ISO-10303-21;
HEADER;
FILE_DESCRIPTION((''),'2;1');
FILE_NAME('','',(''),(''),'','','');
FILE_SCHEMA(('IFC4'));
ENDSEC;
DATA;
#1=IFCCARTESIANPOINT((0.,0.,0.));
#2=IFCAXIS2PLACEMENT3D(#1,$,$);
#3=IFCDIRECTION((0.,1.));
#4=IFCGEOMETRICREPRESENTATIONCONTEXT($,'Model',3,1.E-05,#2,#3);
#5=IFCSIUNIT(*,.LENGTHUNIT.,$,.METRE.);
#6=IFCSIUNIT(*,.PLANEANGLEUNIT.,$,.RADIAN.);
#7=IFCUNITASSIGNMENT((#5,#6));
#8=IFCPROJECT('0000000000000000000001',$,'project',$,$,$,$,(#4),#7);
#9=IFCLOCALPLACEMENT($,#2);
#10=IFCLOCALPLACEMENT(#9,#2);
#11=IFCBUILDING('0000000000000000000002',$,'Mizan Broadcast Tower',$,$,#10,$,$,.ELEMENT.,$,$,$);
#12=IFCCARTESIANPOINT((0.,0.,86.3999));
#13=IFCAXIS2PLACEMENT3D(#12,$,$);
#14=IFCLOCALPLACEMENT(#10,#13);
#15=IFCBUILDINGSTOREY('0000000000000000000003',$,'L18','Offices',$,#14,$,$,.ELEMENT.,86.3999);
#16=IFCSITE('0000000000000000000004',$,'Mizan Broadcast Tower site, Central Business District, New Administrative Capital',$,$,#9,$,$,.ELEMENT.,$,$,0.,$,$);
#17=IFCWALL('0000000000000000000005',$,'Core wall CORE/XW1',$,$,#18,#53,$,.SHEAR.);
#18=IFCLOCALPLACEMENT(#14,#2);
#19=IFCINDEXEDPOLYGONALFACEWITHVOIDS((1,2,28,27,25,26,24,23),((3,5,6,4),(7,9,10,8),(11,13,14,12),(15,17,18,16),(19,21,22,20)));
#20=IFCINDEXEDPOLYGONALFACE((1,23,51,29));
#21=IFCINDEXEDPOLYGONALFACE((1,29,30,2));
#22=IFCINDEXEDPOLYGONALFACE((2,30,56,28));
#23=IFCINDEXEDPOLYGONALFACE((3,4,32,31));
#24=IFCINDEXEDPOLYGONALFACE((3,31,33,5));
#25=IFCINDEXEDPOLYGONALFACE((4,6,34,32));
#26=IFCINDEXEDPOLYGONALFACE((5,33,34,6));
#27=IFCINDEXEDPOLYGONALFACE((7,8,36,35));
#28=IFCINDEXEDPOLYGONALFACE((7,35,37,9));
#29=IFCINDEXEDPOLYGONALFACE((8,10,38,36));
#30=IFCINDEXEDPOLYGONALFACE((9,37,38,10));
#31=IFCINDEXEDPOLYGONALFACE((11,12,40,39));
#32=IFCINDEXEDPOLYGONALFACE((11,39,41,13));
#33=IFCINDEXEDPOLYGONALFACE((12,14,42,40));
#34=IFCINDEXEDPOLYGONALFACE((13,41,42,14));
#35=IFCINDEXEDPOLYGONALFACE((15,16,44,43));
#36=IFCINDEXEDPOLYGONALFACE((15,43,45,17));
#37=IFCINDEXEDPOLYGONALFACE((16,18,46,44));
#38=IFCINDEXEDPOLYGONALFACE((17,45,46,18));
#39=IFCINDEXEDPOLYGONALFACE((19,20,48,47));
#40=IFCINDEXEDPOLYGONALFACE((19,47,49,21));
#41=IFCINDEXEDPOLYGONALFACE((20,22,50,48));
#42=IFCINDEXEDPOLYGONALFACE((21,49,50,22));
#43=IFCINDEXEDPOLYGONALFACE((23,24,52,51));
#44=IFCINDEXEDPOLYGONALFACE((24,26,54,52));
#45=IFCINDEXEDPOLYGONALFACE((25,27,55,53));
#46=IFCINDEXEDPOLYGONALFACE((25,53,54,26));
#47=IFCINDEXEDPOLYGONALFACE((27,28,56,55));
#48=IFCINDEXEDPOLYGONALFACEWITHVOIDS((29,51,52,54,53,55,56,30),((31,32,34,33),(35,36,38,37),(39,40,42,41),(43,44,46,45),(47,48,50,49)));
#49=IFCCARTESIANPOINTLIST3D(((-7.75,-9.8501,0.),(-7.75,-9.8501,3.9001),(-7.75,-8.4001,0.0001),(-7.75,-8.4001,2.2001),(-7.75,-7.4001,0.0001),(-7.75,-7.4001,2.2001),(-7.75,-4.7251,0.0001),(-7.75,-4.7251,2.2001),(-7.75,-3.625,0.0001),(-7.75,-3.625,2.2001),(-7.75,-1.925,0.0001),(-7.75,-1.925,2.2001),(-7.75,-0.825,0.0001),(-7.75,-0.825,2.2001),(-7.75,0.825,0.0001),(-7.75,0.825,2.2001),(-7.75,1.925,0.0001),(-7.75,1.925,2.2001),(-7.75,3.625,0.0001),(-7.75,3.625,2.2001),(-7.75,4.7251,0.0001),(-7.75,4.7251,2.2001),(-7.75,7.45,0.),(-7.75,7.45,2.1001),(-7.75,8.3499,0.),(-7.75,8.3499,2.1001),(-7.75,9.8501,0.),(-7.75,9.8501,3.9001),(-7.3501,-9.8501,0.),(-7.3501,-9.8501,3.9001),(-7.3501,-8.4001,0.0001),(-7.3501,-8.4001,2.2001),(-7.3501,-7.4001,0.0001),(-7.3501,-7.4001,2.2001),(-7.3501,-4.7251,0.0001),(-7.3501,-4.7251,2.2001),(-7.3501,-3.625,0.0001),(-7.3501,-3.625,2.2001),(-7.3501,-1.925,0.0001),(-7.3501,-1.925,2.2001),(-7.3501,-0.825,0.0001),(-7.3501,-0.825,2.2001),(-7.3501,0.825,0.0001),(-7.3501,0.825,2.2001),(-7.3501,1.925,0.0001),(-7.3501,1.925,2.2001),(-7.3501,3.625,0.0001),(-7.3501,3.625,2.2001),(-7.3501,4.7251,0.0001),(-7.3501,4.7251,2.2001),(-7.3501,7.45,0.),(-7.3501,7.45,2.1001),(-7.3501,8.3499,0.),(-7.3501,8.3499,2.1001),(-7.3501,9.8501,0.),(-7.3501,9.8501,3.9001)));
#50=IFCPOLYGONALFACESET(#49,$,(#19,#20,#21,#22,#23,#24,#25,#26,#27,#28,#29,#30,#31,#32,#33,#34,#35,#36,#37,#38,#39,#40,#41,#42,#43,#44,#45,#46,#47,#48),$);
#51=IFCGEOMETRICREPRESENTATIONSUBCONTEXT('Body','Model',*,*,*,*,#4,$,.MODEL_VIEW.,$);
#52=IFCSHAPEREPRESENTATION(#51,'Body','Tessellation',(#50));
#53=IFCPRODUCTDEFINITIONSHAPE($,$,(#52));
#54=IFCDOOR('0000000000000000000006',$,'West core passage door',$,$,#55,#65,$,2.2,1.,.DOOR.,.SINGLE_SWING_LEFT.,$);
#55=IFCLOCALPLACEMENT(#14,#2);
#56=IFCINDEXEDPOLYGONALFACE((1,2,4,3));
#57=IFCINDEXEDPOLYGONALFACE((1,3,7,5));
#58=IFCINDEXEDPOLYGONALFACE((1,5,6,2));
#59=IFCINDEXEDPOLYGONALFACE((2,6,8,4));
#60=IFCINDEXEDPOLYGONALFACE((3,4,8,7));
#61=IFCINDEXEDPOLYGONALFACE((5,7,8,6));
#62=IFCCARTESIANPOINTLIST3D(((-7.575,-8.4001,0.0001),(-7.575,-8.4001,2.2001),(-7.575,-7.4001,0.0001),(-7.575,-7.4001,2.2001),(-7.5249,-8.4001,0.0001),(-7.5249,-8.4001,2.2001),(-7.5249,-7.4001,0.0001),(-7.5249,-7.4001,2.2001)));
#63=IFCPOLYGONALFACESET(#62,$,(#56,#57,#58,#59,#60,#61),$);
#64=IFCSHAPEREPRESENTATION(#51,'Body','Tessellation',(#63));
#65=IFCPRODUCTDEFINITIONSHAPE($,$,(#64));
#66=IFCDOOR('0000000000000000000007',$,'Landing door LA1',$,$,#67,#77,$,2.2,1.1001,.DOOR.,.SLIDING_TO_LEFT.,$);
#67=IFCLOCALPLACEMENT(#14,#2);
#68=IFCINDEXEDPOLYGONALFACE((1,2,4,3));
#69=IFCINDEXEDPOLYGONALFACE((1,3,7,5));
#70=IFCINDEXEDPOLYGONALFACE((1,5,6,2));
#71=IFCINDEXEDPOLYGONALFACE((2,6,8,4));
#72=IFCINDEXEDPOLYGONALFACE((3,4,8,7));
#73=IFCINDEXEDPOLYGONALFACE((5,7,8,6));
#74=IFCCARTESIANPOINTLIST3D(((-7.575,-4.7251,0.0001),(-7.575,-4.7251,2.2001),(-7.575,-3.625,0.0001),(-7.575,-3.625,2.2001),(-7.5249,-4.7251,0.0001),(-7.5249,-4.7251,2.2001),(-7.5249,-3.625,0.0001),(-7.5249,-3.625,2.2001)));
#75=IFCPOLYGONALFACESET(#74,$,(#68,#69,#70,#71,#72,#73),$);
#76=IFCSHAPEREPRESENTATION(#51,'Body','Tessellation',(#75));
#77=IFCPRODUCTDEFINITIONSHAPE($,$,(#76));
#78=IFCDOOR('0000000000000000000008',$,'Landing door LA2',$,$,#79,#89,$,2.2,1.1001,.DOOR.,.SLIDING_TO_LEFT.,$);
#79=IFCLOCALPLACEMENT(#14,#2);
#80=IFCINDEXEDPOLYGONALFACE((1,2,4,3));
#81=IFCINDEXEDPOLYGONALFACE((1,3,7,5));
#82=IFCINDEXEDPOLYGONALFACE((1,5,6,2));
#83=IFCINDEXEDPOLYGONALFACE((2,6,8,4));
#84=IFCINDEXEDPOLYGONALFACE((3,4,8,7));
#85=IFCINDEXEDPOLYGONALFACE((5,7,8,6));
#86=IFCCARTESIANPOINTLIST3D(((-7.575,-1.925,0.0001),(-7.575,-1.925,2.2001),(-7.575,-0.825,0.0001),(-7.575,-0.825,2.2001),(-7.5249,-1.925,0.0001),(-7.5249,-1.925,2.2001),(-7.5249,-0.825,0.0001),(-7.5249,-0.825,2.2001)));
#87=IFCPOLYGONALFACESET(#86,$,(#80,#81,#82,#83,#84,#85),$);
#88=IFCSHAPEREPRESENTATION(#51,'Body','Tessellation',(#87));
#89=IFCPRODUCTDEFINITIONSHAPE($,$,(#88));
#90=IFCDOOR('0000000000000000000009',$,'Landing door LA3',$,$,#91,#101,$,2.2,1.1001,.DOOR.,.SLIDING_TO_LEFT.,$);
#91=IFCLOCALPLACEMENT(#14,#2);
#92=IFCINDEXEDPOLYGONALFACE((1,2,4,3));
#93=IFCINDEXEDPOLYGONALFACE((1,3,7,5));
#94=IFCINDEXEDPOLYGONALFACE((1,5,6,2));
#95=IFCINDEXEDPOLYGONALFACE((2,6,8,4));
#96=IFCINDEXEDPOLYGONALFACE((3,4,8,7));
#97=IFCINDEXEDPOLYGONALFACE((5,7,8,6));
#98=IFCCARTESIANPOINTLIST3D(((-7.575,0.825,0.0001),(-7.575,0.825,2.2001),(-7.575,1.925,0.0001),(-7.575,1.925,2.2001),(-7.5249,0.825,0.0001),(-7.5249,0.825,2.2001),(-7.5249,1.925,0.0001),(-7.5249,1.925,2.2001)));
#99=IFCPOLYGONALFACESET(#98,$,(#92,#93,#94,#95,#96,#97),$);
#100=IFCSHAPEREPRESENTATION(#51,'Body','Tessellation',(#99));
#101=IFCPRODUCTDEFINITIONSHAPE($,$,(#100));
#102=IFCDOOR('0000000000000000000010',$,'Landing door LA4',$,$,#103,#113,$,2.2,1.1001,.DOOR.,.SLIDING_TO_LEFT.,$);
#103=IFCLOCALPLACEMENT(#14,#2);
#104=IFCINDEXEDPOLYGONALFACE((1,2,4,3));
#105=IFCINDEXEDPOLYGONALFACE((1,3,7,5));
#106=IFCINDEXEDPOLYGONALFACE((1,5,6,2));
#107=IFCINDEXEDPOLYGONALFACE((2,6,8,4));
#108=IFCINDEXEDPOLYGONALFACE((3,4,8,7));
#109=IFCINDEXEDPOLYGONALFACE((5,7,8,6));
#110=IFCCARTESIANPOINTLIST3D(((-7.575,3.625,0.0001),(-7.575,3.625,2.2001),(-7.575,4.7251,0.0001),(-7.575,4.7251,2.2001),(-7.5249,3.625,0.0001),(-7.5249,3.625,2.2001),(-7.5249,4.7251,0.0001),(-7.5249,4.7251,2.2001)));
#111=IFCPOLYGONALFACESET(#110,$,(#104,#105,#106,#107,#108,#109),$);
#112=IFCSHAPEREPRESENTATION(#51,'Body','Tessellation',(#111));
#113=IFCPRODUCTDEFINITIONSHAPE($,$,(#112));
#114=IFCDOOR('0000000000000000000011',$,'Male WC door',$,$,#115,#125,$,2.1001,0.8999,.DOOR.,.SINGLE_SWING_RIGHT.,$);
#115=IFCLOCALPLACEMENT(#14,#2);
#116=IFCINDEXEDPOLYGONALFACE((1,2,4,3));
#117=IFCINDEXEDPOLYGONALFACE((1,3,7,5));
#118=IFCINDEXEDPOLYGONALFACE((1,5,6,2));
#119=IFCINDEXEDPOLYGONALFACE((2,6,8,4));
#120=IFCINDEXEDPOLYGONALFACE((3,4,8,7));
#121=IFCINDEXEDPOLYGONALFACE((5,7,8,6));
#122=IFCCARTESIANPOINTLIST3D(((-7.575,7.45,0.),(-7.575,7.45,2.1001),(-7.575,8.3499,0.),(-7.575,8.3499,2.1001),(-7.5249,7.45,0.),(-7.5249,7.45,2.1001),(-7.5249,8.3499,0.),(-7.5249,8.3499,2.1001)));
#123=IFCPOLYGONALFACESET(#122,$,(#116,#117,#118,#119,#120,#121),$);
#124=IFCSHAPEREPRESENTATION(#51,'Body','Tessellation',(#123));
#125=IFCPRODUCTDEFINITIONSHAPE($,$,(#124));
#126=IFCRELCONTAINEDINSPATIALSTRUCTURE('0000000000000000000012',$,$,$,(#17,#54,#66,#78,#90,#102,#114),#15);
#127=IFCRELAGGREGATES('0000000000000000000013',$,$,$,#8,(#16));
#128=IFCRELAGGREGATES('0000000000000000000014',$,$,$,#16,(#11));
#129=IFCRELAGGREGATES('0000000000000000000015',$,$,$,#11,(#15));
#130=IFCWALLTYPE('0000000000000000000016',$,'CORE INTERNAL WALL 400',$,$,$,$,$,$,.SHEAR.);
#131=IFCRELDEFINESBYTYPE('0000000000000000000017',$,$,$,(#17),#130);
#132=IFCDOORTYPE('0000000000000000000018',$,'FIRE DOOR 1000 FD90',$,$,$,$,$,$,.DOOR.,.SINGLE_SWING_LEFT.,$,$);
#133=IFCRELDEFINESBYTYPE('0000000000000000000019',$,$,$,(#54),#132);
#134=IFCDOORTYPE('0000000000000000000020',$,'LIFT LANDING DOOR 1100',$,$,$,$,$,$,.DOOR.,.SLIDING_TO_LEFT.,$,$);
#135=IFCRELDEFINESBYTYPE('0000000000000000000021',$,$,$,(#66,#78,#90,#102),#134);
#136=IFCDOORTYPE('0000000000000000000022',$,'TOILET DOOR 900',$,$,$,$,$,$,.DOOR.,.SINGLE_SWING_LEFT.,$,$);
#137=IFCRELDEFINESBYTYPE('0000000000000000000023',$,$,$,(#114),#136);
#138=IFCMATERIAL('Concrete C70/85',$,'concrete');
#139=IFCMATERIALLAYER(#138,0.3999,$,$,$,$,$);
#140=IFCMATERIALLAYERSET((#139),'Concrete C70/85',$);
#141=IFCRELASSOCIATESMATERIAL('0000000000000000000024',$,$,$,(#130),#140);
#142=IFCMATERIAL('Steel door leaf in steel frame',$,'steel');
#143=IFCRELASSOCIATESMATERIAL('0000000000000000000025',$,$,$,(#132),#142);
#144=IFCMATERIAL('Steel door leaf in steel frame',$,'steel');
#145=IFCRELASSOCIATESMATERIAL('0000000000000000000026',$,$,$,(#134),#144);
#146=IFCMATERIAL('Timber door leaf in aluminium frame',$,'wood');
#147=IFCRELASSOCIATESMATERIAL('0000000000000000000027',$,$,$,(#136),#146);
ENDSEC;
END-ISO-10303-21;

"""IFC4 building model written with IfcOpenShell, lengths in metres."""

from ifc_helpers import new_model, si_unit, direction, frame, frame_2d, origin, place, context, subcontext, project, spatial, rectangle, extrude, material, layer, layer_set, type_object, element, fill, save


model = new_model("IFC4")

# Units and contexts
model_context = context("Model", 3, precision=1e-05, world=origin(), true_north=direction((0.0, 1.0)))
body_context = subcontext(model_context, "Body", "Model", "MODEL_VIEW")
ifc_project = project(units=[si_unit("LENGTHUNIT", "METRE"), si_unit("PLANEANGLEUNIT", "RADIAN")], contexts=[model_context])

# Site, building, storey
site_placement = place(None, origin())
site = spatial("IfcSite", under=ifc_project, at=site_placement, Name="Mizan Broadcast Tower site, Central Business District, New Administrative Capital", CompositionType="ELEMENT", RefElevation=0.0)
building_placement = place(site_placement, origin())
building = spatial("IfcBuilding", under=site, at=building_placement, Name="Mizan Broadcast Tower", CompositionType="ELEMENT")
storey_placement = place(building_placement, frame((0.0, 0.0, 86.3999)))
storey = spatial("IfcBuildingStorey", under=building, at=storey_placement, Name="L18", Description="Offices", CompositionType="ELEMENT", Elevation=86.3999)

# Wall, openings, doors
ifc_material_1 = material(Name="Concrete C70/85", Category="concrete")
ifc_layer_1 = layer(ifc_material_1, 0.3999)
ifc_layer_set_1 = layer_set([ifc_layer_1], Name="Concrete C70/85")
wall_type_1 = type_object("IfcWallType", Name="CORE INTERNAL WALL 400", PredefinedType="SHEAR", material=ifc_layer_set_1)
wall_1_placement = place(storey_placement, frame((-7.55, -9.8501, 0.0), z_axis=(0.0, 0.0, 1.0), x_axis=(0.0, 1.0, 0.0)))
wall_1 = element("IfcWall", 1, at=wall_1_placement, inside=storey, type_object=wall_type_1, Name="Core wall CORE/XW1", PredefinedType="SHEAR", context=body_context, shape_type="SweptSolid", body=[
    extrude(rectangle(XDim=19.7002, YDim=0.3999, at=frame_2d((9.8501, 0.0))), origin(), (0.0, 0.0, 1.0), 3.9001),
])
opening_1_placement = place(wall_1_placement, frame((1.45, 0.0, 0.0)))
opening_1 = element("IfcOpeningElement", 2, at=opening_1_placement, cuts=wall_1, PredefinedType="OPENING", context=body_context, shape_type="SweptSolid", body=[
    extrude(rectangle(XDim=1.0, YDim=2.2, at=frame_2d((0.5, 1.1001))), frame((0.0, 0.21, 0.0), z_axis=(0.0, -1.0, 0.0), x_axis=(1.0, 0.0, 0.0)), (0.0, 0.0, 1.0), 0.4199),
])
opening_2_placement = place(wall_1_placement, frame((17.3, 0.0, 0.0)))
opening_2 = element("IfcOpeningElement", 3, at=opening_2_placement, cuts=wall_1, PredefinedType="OPENING", context=body_context, shape_type="SweptSolid", body=[
    extrude(rectangle(XDim=0.8999, YDim=2.1001, at=frame_2d((0.45, 1.05))), frame((0.0, 0.21, 0.0), z_axis=(0.0, -1.0, 0.0), x_axis=(1.0, 0.0, 0.0)), (0.0, 0.0, 1.0), 0.4199),
])
opening_3_placement = place(wall_1_placement, frame((5.125, 0.0, 0.0)))
opening_3 = element("IfcOpeningElement", 4, at=opening_3_placement, cuts=wall_1, PredefinedType="OPENING", context=body_context, shape_type="SweptSolid", body=[
    extrude(rectangle(XDim=1.1001, YDim=2.2, at=frame_2d((0.55, 1.1001))), frame((0.0, 0.21, 0.0), z_axis=(0.0, -1.0, 0.0), x_axis=(1.0, 0.0, 0.0)), (0.0, 0.0, 1.0), 0.4199),
])
opening_4_placement = place(wall_1_placement, frame((7.925, 0.0, 0.0)))
opening_4 = element("IfcOpeningElement", 5, at=opening_4_placement, cuts=wall_1, PredefinedType="OPENING", context=body_context, shape_type="SweptSolid", body=[
    extrude(rectangle(XDim=1.1001, YDim=2.2, at=frame_2d((0.55, 1.1001))), frame((0.0, 0.21, 0.0), z_axis=(0.0, -1.0, 0.0), x_axis=(1.0, 0.0, 0.0)), (0.0, 0.0, 1.0), 0.4199),
])
opening_5_placement = place(wall_1_placement, frame((10.675, 0.0, 0.0)))
opening_5 = element("IfcOpeningElement", 6, at=opening_5_placement, cuts=wall_1, PredefinedType="OPENING", context=body_context, shape_type="SweptSolid", body=[
    extrude(rectangle(XDim=1.1001, YDim=2.2, at=frame_2d((0.55, 1.1001))), frame((0.0, 0.21, 0.0), z_axis=(0.0, -1.0, 0.0), x_axis=(1.0, 0.0, 0.0)), (0.0, 0.0, 1.0), 0.4199),
])
opening_6_placement = place(wall_1_placement, frame((13.4751, 0.0, 0.0)))
opening_6 = element("IfcOpeningElement", 7, at=opening_6_placement, cuts=wall_1, PredefinedType="OPENING", context=body_context, shape_type="SweptSolid", body=[
    extrude(rectangle(XDim=1.1001, YDim=2.2, at=frame_2d((0.55, 1.1001))), frame((0.0, 0.21, 0.0), z_axis=(0.0, -1.0, 0.0), x_axis=(1.0, 0.0, 0.0)), (0.0, 0.0, 1.0), 0.4199),
])
ifc_material_2 = material(Name="Steel door leaf in steel frame", Category="steel")
door_type_1 = type_object("IfcDoorType", Name="FIRE DOOR 1000 FD90", OperationType="SINGLE_SWING_LEFT", PredefinedType="DOOR", material=ifc_material_2)
door_1_placement = place(opening_1_placement, origin())
door_1 = element("IfcDoor", 8, at=door_1_placement, inside=storey, type_object=door_type_1, Name="West core passage door", OperationType="SINGLE_SWING_LEFT", OverallHeight=2.2, OverallWidth=1.0, PredefinedType="DOOR", context=body_context, shape_type="SweptSolid", body=[
    extrude(rectangle(XDim=1.0, YDim=2.2, at=frame_2d((0.5, 1.1001))), frame((0.0, 0.0249, 0.0), z_axis=(0.0, -1.0, 0.0), x_axis=(1.0, 0.0, 0.0)), (0.0, 0.0, 1.0), 0.05),
])
fill(opening_1, door_1)
ifc_material_3 = material(Name="Steel door leaf in steel frame", Category="steel")
door_type_2 = type_object("IfcDoorType", Name="LIFT LANDING DOOR 1100", OperationType="SLIDING_TO_LEFT", PredefinedType="DOOR", material=ifc_material_3)
door_2_placement = place(opening_3_placement, origin())
door_2 = element("IfcDoor", 9, at=door_2_placement, inside=storey, type_object=door_type_2, Name="Landing door LA1", OperationType="SLIDING_TO_LEFT", OverallHeight=2.2, OverallWidth=1.1001, PredefinedType="DOOR", context=body_context, shape_type="SweptSolid", body=[
    extrude(rectangle(XDim=1.1001, YDim=2.2, at=frame_2d((0.55, 1.1001))), frame((0.0, 0.0249, 0.0), z_axis=(0.0, -1.0, 0.0), x_axis=(1.0, 0.0, 0.0)), (0.0, 0.0, 1.0), 0.05),
])
fill(opening_3, door_2)
door_3_placement = place(opening_4_placement, origin())
door_3 = element("IfcDoor", 10, at=door_3_placement, inside=storey, type_object=door_type_2, Name="Landing door LA2", OperationType="SLIDING_TO_LEFT", OverallHeight=2.2, OverallWidth=1.1001, PredefinedType="DOOR", context=body_context, shape_type="SweptSolid", body=[
    extrude(rectangle(XDim=1.1001, YDim=2.2, at=frame_2d((0.55, 1.1001))), frame((0.0, 0.0249, 0.0), z_axis=(0.0, -1.0, 0.0), x_axis=(1.0, 0.0, 0.0)), (0.0, 0.0, 1.0), 0.05),
])
fill(opening_4, door_3)
door_4_placement = place(opening_5_placement, origin())
door_4 = element("IfcDoor", 11, at=door_4_placement, inside=storey, type_object=door_type_2, Name="Landing door LA3", OperationType="SLIDING_TO_LEFT", OverallHeight=2.2, OverallWidth=1.1001, PredefinedType="DOOR", context=body_context, shape_type="SweptSolid", body=[
    extrude(rectangle(XDim=1.1001, YDim=2.2, at=frame_2d((0.55, 1.1001))), frame((0.0, 0.0249, 0.0), z_axis=(0.0, -1.0, 0.0), x_axis=(1.0, 0.0, 0.0)), (0.0, 0.0, 1.0), 0.05),
])
fill(opening_5, door_4)
door_5_placement = place(opening_6_placement, origin())
door_5 = element("IfcDoor", 12, at=door_5_placement, inside=storey, type_object=door_type_2, Name="Landing door LA4", OperationType="SLIDING_TO_LEFT", OverallHeight=2.2, OverallWidth=1.1001, PredefinedType="DOOR", context=body_context, shape_type="SweptSolid", body=[
    extrude(rectangle(XDim=1.1001, YDim=2.2, at=frame_2d((0.55, 1.1001))), frame((0.0, 0.0249, 0.0), z_axis=(0.0, -1.0, 0.0), x_axis=(1.0, 0.0, 0.0)), (0.0, 0.0, 1.0), 0.05),
])
fill(opening_6, door_5)
ifc_material_4 = material(Name="Timber door leaf in aluminium frame", Category="wood")
door_type_3 = type_object("IfcDoorType", Name="TOILET DOOR 900", OperationType="SINGLE_SWING_LEFT", PredefinedType="DOOR", material=ifc_material_4)
door_6_placement = place(opening_2_placement, origin())
door_6 = element("IfcDoor", 13, at=door_6_placement, inside=storey, type_object=door_type_3, Name="Male WC door", OperationType="SINGLE_SWING_RIGHT", OverallHeight=2.1001, OverallWidth=0.8999, PredefinedType="DOOR", context=body_context, shape_type="SweptSolid", body=[
    extrude(rectangle(XDim=0.8999, YDim=2.1001, at=frame_2d((0.45, 1.05))), frame((0.0, 0.0249, 0.0), z_axis=(0.0, -1.0, 0.0), x_axis=(1.0, 0.0, 0.0)), (0.0, 0.0, 1.0), 0.05),
])
fill(opening_2, door_6)

save(model, "model.ifc")
